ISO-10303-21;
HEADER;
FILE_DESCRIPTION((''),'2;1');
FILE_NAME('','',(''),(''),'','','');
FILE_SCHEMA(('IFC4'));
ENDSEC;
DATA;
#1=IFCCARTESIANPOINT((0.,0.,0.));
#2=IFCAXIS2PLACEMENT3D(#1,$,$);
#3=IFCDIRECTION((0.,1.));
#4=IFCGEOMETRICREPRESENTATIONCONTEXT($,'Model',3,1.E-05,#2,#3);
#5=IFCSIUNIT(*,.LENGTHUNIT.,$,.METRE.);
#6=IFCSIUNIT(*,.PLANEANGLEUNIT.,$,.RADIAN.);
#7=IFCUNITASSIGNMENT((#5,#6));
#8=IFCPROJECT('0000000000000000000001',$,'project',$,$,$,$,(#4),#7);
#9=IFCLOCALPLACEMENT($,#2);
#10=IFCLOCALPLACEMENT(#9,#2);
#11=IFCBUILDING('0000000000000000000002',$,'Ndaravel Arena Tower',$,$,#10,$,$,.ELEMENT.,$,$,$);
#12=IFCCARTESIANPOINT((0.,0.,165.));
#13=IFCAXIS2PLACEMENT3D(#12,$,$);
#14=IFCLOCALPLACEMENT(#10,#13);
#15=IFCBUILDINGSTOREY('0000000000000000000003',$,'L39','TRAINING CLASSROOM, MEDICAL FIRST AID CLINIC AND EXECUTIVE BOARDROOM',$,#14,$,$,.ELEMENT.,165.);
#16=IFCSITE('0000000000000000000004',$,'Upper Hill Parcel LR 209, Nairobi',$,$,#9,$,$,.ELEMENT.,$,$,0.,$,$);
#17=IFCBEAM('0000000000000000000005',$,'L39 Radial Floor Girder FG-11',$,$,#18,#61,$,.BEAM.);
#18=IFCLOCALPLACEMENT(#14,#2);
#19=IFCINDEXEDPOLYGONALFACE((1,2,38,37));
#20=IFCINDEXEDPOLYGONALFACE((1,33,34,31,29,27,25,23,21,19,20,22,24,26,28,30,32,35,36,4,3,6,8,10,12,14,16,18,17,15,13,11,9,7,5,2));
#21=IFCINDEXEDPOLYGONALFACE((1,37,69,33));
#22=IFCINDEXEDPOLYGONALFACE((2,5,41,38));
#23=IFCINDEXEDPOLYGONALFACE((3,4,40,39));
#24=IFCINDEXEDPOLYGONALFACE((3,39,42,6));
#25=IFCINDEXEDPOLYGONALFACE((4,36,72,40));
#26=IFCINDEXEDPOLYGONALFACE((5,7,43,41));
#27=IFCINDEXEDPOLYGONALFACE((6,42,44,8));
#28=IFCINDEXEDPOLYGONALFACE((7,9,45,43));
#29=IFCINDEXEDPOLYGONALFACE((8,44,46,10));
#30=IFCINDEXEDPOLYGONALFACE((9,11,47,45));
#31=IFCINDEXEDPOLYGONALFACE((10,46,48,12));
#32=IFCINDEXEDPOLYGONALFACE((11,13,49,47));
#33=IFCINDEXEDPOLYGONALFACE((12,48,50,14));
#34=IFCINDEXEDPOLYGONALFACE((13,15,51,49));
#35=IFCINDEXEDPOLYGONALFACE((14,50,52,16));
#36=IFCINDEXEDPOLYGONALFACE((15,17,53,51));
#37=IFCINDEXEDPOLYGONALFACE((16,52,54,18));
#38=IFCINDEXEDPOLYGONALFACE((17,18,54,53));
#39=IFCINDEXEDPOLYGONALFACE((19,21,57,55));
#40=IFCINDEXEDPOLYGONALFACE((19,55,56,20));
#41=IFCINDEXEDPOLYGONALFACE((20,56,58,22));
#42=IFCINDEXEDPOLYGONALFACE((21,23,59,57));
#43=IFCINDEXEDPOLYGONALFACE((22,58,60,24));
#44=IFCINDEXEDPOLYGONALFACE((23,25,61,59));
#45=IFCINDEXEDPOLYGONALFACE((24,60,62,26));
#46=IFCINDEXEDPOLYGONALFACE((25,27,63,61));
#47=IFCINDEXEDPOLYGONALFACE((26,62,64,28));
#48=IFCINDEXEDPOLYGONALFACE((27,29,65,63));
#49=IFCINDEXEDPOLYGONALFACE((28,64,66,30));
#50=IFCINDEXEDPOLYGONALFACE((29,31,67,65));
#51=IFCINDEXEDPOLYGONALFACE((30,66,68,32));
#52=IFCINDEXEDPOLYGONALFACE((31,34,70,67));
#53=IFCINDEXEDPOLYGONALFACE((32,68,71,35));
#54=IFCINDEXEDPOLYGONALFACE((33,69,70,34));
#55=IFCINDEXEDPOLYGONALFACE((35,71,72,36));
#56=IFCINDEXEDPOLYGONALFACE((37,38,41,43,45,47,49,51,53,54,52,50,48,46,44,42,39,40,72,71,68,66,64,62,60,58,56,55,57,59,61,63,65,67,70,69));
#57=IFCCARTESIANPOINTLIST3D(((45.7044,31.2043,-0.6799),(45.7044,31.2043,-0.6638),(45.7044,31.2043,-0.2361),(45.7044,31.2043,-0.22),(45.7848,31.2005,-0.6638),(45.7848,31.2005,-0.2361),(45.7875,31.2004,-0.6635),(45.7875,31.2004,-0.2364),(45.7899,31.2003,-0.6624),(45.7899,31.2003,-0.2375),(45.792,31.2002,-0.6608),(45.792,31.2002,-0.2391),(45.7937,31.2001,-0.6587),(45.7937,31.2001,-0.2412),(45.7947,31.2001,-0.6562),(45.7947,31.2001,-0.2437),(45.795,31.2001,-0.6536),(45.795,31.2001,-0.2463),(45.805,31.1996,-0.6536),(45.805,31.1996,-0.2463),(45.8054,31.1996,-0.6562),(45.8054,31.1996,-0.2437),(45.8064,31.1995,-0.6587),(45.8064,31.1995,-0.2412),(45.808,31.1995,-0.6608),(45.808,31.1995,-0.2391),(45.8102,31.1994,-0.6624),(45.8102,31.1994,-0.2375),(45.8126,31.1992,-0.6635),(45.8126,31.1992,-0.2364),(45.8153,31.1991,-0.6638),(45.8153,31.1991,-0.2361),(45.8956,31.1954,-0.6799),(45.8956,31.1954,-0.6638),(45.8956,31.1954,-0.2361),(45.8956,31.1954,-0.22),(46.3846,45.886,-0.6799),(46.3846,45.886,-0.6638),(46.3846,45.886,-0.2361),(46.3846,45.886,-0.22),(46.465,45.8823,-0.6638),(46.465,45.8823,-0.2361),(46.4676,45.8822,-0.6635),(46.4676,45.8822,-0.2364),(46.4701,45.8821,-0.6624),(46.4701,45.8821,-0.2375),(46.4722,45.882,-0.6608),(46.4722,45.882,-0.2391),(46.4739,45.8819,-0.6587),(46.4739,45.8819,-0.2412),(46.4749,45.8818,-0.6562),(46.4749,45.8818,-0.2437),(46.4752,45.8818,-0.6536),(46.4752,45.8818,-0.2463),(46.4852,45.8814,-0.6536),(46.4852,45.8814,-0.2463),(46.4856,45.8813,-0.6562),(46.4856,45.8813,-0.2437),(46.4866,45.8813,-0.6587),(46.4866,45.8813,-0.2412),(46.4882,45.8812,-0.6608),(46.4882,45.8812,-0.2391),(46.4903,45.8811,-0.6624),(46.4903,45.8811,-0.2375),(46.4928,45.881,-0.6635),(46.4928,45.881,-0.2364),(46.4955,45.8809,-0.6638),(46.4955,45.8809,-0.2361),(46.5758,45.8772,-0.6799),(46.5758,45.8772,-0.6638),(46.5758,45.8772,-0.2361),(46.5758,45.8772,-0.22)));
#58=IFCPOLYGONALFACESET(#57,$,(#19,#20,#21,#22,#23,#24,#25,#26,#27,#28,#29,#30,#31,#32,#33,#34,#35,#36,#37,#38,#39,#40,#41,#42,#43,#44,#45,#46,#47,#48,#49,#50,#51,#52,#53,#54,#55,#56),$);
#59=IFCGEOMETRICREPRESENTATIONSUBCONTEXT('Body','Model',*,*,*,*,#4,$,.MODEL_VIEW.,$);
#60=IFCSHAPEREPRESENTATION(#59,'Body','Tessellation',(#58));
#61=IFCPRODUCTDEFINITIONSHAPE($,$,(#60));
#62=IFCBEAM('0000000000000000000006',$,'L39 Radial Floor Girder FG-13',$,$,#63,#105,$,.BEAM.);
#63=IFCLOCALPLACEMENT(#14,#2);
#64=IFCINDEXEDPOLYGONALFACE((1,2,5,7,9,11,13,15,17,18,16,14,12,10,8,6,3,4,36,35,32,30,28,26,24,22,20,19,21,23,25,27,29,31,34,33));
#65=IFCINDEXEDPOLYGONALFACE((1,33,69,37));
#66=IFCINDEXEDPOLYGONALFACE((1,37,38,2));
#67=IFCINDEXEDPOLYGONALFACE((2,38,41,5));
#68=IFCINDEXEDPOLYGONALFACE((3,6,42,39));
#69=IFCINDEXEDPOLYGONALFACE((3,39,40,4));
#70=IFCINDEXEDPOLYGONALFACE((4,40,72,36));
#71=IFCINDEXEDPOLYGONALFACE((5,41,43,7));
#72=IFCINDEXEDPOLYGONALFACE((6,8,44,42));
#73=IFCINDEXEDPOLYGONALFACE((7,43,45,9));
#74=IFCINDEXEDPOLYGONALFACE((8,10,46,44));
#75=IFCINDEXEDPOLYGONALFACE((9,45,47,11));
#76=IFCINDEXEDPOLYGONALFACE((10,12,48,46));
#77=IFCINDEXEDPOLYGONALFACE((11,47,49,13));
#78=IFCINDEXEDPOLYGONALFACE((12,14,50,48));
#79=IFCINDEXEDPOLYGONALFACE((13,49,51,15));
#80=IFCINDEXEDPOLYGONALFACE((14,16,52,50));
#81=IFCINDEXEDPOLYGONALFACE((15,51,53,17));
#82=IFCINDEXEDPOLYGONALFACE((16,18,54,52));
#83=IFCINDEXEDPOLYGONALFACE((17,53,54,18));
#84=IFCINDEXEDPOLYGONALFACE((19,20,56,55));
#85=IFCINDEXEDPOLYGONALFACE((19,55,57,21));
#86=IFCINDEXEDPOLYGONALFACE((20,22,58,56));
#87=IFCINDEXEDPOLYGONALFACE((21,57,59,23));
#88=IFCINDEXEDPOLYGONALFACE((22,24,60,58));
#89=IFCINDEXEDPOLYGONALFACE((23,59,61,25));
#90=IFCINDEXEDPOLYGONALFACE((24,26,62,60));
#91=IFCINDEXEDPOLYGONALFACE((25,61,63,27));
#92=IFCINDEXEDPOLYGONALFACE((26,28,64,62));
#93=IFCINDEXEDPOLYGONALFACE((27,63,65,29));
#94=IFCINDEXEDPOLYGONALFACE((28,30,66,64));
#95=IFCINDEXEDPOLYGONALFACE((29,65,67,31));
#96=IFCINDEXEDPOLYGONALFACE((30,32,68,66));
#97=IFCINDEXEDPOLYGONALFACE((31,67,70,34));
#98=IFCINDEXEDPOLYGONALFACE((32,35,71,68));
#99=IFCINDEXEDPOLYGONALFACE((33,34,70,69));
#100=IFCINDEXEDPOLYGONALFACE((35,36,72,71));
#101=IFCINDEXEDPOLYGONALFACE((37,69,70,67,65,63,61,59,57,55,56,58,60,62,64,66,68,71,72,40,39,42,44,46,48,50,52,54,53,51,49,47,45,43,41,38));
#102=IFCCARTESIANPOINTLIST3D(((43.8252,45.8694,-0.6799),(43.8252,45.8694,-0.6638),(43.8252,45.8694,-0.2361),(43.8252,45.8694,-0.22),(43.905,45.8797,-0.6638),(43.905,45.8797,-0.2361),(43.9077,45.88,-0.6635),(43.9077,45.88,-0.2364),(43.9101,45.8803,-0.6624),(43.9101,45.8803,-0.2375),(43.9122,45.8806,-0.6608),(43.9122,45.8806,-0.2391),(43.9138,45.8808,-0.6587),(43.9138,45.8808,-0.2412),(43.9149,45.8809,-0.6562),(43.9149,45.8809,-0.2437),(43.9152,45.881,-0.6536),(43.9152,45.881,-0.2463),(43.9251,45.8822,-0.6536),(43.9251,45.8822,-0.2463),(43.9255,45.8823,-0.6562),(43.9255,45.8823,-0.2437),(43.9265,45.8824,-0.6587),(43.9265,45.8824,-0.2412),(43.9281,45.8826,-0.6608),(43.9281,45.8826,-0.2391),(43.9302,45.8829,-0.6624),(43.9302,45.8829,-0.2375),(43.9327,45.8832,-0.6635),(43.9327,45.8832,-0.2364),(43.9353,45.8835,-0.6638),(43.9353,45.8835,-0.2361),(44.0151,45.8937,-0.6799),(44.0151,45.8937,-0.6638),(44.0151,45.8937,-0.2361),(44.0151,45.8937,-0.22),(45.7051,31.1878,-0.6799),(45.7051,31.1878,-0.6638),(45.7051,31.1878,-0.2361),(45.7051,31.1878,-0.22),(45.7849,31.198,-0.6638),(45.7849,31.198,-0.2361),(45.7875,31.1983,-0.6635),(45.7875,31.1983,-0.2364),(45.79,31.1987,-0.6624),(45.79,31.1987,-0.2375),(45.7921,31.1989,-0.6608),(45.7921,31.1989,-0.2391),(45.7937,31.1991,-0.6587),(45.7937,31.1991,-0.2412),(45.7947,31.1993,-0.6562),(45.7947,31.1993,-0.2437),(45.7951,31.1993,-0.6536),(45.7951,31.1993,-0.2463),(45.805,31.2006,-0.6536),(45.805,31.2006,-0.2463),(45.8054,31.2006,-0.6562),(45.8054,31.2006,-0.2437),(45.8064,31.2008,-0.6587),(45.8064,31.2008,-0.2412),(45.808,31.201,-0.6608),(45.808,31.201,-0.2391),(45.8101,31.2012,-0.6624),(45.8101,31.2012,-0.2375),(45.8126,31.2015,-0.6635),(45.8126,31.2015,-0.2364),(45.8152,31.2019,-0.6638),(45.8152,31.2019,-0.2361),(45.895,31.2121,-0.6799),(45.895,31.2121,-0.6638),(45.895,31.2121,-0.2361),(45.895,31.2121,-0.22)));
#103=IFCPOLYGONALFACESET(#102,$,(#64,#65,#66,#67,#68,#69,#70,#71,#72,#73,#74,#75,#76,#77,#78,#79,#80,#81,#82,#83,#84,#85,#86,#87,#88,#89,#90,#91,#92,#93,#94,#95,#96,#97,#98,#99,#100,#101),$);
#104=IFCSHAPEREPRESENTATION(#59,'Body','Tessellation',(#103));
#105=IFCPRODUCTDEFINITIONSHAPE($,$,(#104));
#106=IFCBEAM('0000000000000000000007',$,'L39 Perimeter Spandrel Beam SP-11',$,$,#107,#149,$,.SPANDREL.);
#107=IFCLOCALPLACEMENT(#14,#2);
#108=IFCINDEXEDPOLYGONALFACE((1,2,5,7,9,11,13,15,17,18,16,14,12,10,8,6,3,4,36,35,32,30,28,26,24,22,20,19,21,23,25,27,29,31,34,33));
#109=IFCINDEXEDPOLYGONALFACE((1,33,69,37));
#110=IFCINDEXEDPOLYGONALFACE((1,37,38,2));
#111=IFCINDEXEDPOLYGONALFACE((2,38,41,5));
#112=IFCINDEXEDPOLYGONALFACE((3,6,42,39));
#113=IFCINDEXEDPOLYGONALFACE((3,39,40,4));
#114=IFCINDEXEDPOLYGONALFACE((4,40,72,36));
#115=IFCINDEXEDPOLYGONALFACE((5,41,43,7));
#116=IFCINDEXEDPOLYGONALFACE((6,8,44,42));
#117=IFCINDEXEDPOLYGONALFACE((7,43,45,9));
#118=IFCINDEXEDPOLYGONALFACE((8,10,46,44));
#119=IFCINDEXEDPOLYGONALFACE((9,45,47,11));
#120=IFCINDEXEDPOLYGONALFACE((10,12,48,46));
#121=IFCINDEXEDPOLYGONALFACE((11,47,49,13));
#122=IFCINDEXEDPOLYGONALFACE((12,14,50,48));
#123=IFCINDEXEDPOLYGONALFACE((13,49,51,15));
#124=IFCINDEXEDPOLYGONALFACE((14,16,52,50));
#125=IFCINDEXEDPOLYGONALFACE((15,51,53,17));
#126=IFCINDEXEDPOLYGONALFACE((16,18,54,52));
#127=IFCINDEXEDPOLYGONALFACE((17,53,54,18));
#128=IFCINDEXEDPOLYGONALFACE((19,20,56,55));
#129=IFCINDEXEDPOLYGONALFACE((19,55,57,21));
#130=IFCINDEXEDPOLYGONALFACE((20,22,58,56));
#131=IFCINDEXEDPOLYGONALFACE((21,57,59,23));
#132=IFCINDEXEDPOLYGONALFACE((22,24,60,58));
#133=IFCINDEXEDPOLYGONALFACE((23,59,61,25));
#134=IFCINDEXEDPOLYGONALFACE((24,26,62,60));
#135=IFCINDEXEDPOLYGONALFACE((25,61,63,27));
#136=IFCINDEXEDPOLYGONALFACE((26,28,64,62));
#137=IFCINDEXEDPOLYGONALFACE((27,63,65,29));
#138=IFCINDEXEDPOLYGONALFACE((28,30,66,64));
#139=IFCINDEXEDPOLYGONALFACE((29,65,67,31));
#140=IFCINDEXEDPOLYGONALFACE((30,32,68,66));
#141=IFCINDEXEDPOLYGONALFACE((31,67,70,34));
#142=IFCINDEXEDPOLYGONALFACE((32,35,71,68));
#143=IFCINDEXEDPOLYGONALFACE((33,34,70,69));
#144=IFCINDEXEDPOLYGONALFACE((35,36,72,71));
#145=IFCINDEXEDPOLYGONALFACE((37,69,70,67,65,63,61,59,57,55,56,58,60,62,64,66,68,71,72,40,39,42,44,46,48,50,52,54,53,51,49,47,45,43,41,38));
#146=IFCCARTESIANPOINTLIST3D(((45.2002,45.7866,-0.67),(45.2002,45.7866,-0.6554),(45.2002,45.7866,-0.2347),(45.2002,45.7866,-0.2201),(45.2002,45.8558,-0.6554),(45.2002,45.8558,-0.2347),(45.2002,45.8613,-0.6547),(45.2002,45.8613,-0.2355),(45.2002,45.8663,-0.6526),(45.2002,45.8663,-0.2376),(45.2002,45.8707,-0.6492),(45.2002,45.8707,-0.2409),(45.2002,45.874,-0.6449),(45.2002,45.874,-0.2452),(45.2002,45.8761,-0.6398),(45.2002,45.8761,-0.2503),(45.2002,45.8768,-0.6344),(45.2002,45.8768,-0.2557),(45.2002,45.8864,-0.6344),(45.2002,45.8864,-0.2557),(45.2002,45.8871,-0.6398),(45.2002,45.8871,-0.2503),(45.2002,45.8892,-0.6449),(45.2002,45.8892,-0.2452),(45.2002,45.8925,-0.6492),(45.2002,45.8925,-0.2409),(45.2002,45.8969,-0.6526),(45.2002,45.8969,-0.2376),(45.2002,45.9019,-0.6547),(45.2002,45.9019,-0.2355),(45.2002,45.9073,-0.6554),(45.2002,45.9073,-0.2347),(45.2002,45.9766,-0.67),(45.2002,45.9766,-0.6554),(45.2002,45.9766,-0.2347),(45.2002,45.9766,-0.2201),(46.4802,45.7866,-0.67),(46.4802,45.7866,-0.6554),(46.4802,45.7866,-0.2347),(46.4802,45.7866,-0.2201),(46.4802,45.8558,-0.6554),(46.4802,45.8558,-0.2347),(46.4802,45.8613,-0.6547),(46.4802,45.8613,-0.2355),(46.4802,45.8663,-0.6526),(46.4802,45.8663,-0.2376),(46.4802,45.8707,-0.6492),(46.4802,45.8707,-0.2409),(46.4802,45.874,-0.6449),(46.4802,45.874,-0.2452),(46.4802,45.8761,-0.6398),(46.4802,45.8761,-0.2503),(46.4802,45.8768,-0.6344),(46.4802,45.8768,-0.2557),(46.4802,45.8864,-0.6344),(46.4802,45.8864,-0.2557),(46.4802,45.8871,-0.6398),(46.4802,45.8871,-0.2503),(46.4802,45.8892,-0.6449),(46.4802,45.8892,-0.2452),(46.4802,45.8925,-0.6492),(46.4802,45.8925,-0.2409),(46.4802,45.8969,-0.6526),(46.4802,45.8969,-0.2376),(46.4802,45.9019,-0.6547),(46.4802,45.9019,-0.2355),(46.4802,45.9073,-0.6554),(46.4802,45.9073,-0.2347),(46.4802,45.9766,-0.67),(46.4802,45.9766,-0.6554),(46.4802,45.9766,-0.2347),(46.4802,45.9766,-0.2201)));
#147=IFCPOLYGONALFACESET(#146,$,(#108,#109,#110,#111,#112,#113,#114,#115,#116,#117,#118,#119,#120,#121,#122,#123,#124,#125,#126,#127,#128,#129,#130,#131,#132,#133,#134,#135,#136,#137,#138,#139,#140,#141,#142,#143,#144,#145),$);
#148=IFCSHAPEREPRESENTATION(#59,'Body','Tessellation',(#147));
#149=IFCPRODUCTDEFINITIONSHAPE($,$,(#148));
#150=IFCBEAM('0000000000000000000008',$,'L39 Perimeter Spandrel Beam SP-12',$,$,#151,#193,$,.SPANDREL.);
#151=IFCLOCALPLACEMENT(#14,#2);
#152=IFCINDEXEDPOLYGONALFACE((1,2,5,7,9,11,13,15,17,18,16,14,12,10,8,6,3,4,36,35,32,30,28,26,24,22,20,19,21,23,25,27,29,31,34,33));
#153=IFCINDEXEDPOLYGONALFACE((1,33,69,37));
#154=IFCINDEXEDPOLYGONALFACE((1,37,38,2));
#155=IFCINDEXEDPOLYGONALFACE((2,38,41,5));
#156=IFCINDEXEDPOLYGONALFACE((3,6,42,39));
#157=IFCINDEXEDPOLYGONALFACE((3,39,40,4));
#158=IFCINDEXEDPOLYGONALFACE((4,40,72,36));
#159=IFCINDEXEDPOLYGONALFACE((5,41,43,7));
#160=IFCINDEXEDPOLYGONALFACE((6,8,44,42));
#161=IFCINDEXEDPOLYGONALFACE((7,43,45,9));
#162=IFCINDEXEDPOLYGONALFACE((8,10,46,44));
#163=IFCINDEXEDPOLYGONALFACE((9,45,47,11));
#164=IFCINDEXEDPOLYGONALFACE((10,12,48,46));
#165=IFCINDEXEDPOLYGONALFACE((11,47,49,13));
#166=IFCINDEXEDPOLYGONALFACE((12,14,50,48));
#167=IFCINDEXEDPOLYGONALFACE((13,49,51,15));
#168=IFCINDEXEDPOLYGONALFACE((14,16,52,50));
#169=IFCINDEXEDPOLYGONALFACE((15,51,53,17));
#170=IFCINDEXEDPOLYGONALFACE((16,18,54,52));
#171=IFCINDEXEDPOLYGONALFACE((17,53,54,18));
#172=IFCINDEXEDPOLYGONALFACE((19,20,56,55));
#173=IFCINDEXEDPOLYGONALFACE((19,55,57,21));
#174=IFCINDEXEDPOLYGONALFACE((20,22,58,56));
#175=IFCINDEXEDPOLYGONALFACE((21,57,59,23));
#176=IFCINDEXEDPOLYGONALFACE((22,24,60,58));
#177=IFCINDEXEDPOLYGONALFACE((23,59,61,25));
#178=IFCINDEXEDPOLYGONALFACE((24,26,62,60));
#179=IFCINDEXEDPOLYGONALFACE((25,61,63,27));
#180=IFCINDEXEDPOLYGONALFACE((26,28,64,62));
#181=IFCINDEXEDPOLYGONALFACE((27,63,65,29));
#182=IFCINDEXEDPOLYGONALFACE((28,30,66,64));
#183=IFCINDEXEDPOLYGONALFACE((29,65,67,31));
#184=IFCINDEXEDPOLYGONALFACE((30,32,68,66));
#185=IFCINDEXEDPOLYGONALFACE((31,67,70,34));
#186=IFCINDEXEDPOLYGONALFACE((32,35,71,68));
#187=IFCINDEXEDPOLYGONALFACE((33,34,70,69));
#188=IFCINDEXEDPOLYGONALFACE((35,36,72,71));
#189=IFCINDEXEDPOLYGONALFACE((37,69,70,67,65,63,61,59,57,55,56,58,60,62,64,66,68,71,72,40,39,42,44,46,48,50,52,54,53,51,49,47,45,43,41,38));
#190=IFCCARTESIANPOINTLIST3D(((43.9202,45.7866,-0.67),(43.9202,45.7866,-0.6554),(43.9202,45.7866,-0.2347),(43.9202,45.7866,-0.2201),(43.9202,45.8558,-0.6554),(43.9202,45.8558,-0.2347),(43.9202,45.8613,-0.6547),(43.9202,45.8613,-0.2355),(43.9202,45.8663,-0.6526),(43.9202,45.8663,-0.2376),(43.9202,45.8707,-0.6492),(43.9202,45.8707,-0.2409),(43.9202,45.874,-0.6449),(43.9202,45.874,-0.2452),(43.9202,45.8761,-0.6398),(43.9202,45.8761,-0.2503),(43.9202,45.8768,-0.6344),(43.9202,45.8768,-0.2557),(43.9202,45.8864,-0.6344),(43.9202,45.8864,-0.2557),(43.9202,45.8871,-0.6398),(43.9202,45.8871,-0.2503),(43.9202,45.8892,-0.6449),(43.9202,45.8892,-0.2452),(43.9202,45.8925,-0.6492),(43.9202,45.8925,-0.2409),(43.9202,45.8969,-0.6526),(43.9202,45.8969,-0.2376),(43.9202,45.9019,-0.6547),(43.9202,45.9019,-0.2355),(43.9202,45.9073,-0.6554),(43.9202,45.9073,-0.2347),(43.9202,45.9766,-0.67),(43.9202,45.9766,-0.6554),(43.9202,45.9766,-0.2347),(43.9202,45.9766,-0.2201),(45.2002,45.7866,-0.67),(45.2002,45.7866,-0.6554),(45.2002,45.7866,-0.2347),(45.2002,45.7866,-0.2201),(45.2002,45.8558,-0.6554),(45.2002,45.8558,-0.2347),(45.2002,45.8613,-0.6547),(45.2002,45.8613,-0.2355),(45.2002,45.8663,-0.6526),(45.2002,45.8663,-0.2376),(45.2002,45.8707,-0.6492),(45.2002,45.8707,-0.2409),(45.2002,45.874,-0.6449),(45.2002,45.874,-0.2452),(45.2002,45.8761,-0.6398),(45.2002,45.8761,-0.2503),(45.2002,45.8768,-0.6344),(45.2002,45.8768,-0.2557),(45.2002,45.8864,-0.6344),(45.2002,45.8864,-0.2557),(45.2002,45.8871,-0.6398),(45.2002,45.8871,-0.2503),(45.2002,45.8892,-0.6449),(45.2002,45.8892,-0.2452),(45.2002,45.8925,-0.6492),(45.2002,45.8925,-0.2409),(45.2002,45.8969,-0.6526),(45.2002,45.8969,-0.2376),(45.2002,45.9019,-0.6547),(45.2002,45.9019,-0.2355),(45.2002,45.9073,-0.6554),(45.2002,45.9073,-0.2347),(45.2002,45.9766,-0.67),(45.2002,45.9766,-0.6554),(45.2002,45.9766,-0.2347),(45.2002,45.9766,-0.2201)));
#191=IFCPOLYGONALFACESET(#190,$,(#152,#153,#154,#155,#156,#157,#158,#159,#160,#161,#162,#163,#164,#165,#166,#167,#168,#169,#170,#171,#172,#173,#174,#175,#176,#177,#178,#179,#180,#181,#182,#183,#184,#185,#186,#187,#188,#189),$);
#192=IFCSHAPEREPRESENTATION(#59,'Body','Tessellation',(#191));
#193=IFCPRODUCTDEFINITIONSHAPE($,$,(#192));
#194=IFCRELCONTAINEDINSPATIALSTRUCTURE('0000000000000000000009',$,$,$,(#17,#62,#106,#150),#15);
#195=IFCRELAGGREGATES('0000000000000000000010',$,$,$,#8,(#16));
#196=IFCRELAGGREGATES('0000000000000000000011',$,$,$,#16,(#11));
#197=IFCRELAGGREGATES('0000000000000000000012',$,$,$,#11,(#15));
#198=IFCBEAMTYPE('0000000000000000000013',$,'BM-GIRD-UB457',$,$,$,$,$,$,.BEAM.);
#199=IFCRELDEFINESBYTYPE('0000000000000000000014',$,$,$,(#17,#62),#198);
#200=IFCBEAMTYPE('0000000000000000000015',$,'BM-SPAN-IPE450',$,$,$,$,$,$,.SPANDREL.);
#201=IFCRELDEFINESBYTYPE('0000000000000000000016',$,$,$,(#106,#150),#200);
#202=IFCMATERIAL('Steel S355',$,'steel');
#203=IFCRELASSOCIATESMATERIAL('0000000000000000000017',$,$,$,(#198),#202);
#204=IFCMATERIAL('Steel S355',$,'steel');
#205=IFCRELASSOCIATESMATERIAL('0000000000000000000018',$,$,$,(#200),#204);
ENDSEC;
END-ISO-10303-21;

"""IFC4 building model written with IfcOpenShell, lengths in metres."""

from ifc_helpers import new_model, si_unit, direction, frame, origin, origin_2d, place, context, subcontext, project, spatial, i_section, extrude, material, material_profile, profile_set, type_object, element, save


model = new_model("IFC4")

# Units and contexts
model_context = context("Model", 3, precision=1e-05, world=origin(), true_north=direction((0.0, 1.0)))
body_context = subcontext(model_context, "Body", "Model", "MODEL_VIEW")
ifc_project = project(units=[si_unit("LENGTHUNIT", "METRE"), si_unit("PLANEANGLEUNIT", "RADIAN")], contexts=[model_context])

# Site, building, storey
site_placement = place(None, origin())
site = spatial("IfcSite", under=ifc_project, at=site_placement, Name="Upper Hill Parcel LR 209, Nairobi", CompositionType="ELEMENT", RefElevation=0.0)
building_placement = place(site_placement, origin())
building = spatial("IfcBuilding", under=site, at=building_placement, Name="Ndaravel Arena Tower", CompositionType="ELEMENT")
storey_placement = place(building_placement, frame((0.0, 0.0, 165.0)))
storey = spatial("IfcBuildingStorey", under=building, at=storey_placement, Name="L39", Description="TRAINING CLASSROOM, MEDICAL FIRST AID CLINIC AND EXECUTIVE BOARDROOM", CompositionType="ELEMENT", Elevation=165.0)

# Beams
ifc_material_1 = material(Name="Steel S355", Category="steel")
ifc_material_profile_1 = material_profile(ifc_material_1, i_section(OverallWidth=0.1914, OverallDepth=0.46, WebThickness=0.01, FlangeThickness=0.0161, FilletRadius=0.0103, at=origin_2d()), Name="UB 457x191x82")
ifc_profile_set_1 = profile_set([ifc_material_profile_1], Name="Steel S355")
beam_type_1 = type_object("IfcBeamType", Name="BM-GIRD-UB457", PredefinedType="BEAM", material=ifc_profile_set_1)
beam_1_placement = place(storey_placement, frame((46.4802, 45.8816, -0.45), z_axis=(-0.046279, -0.998929, 0.0), x_axis=(0.998929, -0.046279, 0.0)))
element("IfcBeam", 1, at=beam_1_placement, inside=storey, type_object=beam_type_1, Name="L39 Radial Floor Girder FG-11", PredefinedType="BEAM", context=body_context, shape_type="SweptSolid", body=[
    extrude(i_section(OverallWidth=0.1914, OverallDepth=0.46, WebThickness=0.01, FlangeThickness=0.0161, FilletRadius=0.0103, at=origin_2d()), origin(), (0.0, 0.0, 1.0), 14.6975),
])
beam_2_placement = place(storey_placement, frame((43.9202, 45.8816, -0.45), z_axis=(0.127006, -0.991902, 0.0), x_axis=(0.991902, 0.127006, 0.0)))
element("IfcBeam", 2, at=beam_2_placement, inside=storey, type_object=beam_type_1, Name="L39 Radial Floor Girder FG-13", PredefinedType="BEAM", context=body_context, shape_type="SweptSolid", body=[
    extrude(i_section(OverallWidth=0.1914, OverallDepth=0.46, WebThickness=0.01, FlangeThickness=0.0161, FilletRadius=0.0103, at=origin_2d()), origin(), (0.0, 0.0, 1.0), 14.8015),
])
ifc_material_2 = material(Name="Steel S355", Category="steel")
ifc_material_profile_2 = material_profile(ifc_material_2, i_section(OverallWidth=0.1899, OverallDepth=0.45, WebThickness=0.0095, FlangeThickness=0.0146, FilletRadius=0.021, at=origin_2d()), Name="IPE 450")
ifc_profile_set_2 = profile_set([ifc_material_profile_2], Name="Steel S355")
beam_type_2 = type_object("IfcBeamType", Name="BM-SPAN-IPE450", PredefinedType="SPANDREL", material=ifc_profile_set_2)
for number, where, z_axis, x_axis, name in (
    (3, (46.4802, 45.8816, -0.4451), (-1.0, 0.0, 0.0), (0.0, -1.0, 0.0), "L39 Perimeter Spandrel Beam SP-11"),
    (4, (45.2002, 45.8816, -0.4451), (-1.0, 0.0, 0.0), (0.0, -1.0, 0.0), "L39 Perimeter Spandrel Beam SP-12"),
):
    element("IfcBeam", number, at=place(storey_placement, frame(where, z_axis=z_axis, x_axis=x_axis)), inside=storey, type_object=beam_type_2, Name=name, PredefinedType="SPANDREL", context=body_context, shape_type="SweptSolid", body=[
        extrude(i_section(OverallWidth=0.1899, OverallDepth=0.45, WebThickness=0.0095, FlangeThickness=0.0146, FilletRadius=0.021, at=origin_2d()), origin(), (0.0, 0.0, 1.0), 1.28),
    ])

save(model, "model.ifc")
